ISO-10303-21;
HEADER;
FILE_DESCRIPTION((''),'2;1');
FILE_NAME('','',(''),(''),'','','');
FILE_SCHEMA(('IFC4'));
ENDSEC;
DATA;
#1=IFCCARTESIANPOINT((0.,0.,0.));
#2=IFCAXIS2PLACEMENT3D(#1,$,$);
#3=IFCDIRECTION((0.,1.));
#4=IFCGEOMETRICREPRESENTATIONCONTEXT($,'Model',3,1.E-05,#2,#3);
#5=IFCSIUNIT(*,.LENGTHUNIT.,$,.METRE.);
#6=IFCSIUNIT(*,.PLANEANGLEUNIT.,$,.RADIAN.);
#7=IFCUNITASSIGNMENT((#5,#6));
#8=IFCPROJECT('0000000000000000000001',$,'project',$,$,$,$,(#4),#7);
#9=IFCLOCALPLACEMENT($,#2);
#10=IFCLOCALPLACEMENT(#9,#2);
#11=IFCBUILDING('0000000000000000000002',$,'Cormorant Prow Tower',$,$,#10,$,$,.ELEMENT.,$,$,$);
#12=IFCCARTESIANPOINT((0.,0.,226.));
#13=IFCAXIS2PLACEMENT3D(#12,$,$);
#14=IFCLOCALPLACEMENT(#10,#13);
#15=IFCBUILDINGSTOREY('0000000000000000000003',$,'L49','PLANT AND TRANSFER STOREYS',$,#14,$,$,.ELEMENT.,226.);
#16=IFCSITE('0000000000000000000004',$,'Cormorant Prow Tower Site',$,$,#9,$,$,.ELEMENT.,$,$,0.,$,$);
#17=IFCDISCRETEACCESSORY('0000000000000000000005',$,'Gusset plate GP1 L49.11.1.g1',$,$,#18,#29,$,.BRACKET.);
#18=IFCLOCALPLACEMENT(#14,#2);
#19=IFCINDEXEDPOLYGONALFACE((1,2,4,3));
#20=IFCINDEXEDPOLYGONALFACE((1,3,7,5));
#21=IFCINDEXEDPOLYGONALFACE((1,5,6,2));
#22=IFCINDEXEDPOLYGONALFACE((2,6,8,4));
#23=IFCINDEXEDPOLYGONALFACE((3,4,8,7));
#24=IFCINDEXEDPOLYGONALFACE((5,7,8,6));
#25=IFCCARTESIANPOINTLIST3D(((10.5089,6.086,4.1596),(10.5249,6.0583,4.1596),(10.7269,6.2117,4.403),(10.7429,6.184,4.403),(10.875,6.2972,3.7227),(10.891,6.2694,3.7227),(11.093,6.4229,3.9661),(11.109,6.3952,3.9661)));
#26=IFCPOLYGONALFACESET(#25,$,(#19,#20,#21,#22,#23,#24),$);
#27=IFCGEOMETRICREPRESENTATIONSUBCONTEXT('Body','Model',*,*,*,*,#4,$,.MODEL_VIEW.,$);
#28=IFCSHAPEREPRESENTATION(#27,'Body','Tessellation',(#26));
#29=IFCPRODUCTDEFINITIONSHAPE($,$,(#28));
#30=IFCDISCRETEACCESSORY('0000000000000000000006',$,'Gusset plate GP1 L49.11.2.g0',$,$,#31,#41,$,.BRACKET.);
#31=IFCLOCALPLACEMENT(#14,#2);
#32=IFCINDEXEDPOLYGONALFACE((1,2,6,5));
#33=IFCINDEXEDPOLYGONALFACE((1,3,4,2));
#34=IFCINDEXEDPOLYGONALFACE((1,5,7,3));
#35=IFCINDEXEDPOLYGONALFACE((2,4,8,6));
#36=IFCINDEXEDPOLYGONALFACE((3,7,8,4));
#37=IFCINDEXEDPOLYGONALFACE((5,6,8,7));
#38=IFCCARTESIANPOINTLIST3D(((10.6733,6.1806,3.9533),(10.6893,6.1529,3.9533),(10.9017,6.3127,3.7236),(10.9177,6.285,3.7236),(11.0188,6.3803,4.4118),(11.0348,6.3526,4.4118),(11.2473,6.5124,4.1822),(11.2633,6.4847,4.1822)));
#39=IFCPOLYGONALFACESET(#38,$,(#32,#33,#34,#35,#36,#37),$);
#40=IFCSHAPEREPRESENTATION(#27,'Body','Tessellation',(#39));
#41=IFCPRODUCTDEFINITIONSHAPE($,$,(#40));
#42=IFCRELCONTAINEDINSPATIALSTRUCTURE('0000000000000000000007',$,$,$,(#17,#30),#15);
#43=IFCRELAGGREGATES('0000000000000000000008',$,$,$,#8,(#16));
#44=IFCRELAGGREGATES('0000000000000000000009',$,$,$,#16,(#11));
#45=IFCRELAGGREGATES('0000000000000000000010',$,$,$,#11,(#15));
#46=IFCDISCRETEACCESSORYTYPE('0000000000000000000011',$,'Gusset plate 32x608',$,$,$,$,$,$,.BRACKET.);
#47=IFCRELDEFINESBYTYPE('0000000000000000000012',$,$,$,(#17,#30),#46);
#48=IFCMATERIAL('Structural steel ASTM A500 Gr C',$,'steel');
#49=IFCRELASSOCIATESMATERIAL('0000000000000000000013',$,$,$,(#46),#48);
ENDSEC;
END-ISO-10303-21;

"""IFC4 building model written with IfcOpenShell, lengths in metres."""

from ifc_helpers import new_model, si_unit, direction, frame, origin, origin_2d, place, context, subcontext, project, spatial, rectangle, extrude, material, material_profile, profile_set, type_object, element, save


model = new_model("IFC4")

# Units and contexts
model_context = context("Model", 3, precision=1e-05, world=origin(), true_north=direction((0.0, 1.0)))
body_context = subcontext(model_context, "Body", "Model", "MODEL_VIEW")
ifc_project = project(units=[si_unit("LENGTHUNIT", "METRE"), si_unit("PLANEANGLEUNIT", "RADIAN")], contexts=[model_context])

# Site, building, storey
site_placement = place(None, origin())
site = spatial("IfcSite", under=ifc_project, at=site_placement, Name="Cormorant Prow Tower Site", CompositionType="ELEMENT", RefElevation=0.0)
building_placement = place(site_placement, origin())
building = spatial("IfcBuilding", under=site, at=building_placement, Name="Cormorant Prow Tower", CompositionType="ELEMENT")
storey_placement = place(building_placement, frame((0.0, 0.0, 226.0)))
storey = spatial("IfcBuildingStorey", under=building, at=storey_placement, Name="L49", Description="PLANT AND TRANSFER STOREYS", CompositionType="ELEMENT", Elevation=226.0)

# Discrete accessories
ifc_material_1 = material(Name="Structural steel ASTM A500 Gr C", Category="steel")
ifc_material_profile_1 = material_profile(ifc_material_1, rectangle(XDim=0.032, YDim=0.6079, at=origin_2d()), Name="Gusset plate 32x608")
ifc_profile_set_1 = profile_set([ifc_material_profile_1], Name="Structural steel ASTM A500 Gr C")
discrete_accessory_type_1 = type_object("IfcDiscreteAccessoryType", Name="Gusset plate 32x608", PredefinedType="BRACKET", material=ifc_profile_set_1)
for number, where, z_axis, x_axis, name in (
    (1, (10.7, 6.1777, 3.9412), (0.622684, 0.359107, 0.695203), (-0.499582, 0.866266, 0.0), "Gusset plate GP1 L49.11.1.g1"),
):
    element("IfcDiscreteAccessory", number, at=place(storey_placement, frame(where, z_axis=z_axis, x_axis=x_axis)), inside=storey, type_object=discrete_accessory_type_1, Name=name, PredefinedType="BRACKET", context=body_context, shape_type="SweptSolid", body=[
        extrude(rectangle(XDim=0.032, YDim=0.6079, at=origin_2d()), origin(), (0.0, 0.0, 1.0), 0.3501),
    ])
discrete_accessory_placement = place(storey_placement, frame((11.0825, 6.3987, 3.9529), z_axis=(-0.653053, -0.377459, 0.656541), x_axis=(0.500416, -0.865785, 0.0)))
element("IfcDiscreteAccessory", 2, at=discrete_accessory_placement, inside=storey, type_object=discrete_accessory_type_1, Name="Gusset plate GP1 L49.11.2.g0", PredefinedType="BRACKET", context=body_context, shape_type="SweptSolid", body=[
    extrude(rectangle(XDim=0.032, YDim=0.6079, at=origin_2d()), origin(), (0.0, 0.0, 1.0), 0.3499),
])

save(model, "model.ifc")
